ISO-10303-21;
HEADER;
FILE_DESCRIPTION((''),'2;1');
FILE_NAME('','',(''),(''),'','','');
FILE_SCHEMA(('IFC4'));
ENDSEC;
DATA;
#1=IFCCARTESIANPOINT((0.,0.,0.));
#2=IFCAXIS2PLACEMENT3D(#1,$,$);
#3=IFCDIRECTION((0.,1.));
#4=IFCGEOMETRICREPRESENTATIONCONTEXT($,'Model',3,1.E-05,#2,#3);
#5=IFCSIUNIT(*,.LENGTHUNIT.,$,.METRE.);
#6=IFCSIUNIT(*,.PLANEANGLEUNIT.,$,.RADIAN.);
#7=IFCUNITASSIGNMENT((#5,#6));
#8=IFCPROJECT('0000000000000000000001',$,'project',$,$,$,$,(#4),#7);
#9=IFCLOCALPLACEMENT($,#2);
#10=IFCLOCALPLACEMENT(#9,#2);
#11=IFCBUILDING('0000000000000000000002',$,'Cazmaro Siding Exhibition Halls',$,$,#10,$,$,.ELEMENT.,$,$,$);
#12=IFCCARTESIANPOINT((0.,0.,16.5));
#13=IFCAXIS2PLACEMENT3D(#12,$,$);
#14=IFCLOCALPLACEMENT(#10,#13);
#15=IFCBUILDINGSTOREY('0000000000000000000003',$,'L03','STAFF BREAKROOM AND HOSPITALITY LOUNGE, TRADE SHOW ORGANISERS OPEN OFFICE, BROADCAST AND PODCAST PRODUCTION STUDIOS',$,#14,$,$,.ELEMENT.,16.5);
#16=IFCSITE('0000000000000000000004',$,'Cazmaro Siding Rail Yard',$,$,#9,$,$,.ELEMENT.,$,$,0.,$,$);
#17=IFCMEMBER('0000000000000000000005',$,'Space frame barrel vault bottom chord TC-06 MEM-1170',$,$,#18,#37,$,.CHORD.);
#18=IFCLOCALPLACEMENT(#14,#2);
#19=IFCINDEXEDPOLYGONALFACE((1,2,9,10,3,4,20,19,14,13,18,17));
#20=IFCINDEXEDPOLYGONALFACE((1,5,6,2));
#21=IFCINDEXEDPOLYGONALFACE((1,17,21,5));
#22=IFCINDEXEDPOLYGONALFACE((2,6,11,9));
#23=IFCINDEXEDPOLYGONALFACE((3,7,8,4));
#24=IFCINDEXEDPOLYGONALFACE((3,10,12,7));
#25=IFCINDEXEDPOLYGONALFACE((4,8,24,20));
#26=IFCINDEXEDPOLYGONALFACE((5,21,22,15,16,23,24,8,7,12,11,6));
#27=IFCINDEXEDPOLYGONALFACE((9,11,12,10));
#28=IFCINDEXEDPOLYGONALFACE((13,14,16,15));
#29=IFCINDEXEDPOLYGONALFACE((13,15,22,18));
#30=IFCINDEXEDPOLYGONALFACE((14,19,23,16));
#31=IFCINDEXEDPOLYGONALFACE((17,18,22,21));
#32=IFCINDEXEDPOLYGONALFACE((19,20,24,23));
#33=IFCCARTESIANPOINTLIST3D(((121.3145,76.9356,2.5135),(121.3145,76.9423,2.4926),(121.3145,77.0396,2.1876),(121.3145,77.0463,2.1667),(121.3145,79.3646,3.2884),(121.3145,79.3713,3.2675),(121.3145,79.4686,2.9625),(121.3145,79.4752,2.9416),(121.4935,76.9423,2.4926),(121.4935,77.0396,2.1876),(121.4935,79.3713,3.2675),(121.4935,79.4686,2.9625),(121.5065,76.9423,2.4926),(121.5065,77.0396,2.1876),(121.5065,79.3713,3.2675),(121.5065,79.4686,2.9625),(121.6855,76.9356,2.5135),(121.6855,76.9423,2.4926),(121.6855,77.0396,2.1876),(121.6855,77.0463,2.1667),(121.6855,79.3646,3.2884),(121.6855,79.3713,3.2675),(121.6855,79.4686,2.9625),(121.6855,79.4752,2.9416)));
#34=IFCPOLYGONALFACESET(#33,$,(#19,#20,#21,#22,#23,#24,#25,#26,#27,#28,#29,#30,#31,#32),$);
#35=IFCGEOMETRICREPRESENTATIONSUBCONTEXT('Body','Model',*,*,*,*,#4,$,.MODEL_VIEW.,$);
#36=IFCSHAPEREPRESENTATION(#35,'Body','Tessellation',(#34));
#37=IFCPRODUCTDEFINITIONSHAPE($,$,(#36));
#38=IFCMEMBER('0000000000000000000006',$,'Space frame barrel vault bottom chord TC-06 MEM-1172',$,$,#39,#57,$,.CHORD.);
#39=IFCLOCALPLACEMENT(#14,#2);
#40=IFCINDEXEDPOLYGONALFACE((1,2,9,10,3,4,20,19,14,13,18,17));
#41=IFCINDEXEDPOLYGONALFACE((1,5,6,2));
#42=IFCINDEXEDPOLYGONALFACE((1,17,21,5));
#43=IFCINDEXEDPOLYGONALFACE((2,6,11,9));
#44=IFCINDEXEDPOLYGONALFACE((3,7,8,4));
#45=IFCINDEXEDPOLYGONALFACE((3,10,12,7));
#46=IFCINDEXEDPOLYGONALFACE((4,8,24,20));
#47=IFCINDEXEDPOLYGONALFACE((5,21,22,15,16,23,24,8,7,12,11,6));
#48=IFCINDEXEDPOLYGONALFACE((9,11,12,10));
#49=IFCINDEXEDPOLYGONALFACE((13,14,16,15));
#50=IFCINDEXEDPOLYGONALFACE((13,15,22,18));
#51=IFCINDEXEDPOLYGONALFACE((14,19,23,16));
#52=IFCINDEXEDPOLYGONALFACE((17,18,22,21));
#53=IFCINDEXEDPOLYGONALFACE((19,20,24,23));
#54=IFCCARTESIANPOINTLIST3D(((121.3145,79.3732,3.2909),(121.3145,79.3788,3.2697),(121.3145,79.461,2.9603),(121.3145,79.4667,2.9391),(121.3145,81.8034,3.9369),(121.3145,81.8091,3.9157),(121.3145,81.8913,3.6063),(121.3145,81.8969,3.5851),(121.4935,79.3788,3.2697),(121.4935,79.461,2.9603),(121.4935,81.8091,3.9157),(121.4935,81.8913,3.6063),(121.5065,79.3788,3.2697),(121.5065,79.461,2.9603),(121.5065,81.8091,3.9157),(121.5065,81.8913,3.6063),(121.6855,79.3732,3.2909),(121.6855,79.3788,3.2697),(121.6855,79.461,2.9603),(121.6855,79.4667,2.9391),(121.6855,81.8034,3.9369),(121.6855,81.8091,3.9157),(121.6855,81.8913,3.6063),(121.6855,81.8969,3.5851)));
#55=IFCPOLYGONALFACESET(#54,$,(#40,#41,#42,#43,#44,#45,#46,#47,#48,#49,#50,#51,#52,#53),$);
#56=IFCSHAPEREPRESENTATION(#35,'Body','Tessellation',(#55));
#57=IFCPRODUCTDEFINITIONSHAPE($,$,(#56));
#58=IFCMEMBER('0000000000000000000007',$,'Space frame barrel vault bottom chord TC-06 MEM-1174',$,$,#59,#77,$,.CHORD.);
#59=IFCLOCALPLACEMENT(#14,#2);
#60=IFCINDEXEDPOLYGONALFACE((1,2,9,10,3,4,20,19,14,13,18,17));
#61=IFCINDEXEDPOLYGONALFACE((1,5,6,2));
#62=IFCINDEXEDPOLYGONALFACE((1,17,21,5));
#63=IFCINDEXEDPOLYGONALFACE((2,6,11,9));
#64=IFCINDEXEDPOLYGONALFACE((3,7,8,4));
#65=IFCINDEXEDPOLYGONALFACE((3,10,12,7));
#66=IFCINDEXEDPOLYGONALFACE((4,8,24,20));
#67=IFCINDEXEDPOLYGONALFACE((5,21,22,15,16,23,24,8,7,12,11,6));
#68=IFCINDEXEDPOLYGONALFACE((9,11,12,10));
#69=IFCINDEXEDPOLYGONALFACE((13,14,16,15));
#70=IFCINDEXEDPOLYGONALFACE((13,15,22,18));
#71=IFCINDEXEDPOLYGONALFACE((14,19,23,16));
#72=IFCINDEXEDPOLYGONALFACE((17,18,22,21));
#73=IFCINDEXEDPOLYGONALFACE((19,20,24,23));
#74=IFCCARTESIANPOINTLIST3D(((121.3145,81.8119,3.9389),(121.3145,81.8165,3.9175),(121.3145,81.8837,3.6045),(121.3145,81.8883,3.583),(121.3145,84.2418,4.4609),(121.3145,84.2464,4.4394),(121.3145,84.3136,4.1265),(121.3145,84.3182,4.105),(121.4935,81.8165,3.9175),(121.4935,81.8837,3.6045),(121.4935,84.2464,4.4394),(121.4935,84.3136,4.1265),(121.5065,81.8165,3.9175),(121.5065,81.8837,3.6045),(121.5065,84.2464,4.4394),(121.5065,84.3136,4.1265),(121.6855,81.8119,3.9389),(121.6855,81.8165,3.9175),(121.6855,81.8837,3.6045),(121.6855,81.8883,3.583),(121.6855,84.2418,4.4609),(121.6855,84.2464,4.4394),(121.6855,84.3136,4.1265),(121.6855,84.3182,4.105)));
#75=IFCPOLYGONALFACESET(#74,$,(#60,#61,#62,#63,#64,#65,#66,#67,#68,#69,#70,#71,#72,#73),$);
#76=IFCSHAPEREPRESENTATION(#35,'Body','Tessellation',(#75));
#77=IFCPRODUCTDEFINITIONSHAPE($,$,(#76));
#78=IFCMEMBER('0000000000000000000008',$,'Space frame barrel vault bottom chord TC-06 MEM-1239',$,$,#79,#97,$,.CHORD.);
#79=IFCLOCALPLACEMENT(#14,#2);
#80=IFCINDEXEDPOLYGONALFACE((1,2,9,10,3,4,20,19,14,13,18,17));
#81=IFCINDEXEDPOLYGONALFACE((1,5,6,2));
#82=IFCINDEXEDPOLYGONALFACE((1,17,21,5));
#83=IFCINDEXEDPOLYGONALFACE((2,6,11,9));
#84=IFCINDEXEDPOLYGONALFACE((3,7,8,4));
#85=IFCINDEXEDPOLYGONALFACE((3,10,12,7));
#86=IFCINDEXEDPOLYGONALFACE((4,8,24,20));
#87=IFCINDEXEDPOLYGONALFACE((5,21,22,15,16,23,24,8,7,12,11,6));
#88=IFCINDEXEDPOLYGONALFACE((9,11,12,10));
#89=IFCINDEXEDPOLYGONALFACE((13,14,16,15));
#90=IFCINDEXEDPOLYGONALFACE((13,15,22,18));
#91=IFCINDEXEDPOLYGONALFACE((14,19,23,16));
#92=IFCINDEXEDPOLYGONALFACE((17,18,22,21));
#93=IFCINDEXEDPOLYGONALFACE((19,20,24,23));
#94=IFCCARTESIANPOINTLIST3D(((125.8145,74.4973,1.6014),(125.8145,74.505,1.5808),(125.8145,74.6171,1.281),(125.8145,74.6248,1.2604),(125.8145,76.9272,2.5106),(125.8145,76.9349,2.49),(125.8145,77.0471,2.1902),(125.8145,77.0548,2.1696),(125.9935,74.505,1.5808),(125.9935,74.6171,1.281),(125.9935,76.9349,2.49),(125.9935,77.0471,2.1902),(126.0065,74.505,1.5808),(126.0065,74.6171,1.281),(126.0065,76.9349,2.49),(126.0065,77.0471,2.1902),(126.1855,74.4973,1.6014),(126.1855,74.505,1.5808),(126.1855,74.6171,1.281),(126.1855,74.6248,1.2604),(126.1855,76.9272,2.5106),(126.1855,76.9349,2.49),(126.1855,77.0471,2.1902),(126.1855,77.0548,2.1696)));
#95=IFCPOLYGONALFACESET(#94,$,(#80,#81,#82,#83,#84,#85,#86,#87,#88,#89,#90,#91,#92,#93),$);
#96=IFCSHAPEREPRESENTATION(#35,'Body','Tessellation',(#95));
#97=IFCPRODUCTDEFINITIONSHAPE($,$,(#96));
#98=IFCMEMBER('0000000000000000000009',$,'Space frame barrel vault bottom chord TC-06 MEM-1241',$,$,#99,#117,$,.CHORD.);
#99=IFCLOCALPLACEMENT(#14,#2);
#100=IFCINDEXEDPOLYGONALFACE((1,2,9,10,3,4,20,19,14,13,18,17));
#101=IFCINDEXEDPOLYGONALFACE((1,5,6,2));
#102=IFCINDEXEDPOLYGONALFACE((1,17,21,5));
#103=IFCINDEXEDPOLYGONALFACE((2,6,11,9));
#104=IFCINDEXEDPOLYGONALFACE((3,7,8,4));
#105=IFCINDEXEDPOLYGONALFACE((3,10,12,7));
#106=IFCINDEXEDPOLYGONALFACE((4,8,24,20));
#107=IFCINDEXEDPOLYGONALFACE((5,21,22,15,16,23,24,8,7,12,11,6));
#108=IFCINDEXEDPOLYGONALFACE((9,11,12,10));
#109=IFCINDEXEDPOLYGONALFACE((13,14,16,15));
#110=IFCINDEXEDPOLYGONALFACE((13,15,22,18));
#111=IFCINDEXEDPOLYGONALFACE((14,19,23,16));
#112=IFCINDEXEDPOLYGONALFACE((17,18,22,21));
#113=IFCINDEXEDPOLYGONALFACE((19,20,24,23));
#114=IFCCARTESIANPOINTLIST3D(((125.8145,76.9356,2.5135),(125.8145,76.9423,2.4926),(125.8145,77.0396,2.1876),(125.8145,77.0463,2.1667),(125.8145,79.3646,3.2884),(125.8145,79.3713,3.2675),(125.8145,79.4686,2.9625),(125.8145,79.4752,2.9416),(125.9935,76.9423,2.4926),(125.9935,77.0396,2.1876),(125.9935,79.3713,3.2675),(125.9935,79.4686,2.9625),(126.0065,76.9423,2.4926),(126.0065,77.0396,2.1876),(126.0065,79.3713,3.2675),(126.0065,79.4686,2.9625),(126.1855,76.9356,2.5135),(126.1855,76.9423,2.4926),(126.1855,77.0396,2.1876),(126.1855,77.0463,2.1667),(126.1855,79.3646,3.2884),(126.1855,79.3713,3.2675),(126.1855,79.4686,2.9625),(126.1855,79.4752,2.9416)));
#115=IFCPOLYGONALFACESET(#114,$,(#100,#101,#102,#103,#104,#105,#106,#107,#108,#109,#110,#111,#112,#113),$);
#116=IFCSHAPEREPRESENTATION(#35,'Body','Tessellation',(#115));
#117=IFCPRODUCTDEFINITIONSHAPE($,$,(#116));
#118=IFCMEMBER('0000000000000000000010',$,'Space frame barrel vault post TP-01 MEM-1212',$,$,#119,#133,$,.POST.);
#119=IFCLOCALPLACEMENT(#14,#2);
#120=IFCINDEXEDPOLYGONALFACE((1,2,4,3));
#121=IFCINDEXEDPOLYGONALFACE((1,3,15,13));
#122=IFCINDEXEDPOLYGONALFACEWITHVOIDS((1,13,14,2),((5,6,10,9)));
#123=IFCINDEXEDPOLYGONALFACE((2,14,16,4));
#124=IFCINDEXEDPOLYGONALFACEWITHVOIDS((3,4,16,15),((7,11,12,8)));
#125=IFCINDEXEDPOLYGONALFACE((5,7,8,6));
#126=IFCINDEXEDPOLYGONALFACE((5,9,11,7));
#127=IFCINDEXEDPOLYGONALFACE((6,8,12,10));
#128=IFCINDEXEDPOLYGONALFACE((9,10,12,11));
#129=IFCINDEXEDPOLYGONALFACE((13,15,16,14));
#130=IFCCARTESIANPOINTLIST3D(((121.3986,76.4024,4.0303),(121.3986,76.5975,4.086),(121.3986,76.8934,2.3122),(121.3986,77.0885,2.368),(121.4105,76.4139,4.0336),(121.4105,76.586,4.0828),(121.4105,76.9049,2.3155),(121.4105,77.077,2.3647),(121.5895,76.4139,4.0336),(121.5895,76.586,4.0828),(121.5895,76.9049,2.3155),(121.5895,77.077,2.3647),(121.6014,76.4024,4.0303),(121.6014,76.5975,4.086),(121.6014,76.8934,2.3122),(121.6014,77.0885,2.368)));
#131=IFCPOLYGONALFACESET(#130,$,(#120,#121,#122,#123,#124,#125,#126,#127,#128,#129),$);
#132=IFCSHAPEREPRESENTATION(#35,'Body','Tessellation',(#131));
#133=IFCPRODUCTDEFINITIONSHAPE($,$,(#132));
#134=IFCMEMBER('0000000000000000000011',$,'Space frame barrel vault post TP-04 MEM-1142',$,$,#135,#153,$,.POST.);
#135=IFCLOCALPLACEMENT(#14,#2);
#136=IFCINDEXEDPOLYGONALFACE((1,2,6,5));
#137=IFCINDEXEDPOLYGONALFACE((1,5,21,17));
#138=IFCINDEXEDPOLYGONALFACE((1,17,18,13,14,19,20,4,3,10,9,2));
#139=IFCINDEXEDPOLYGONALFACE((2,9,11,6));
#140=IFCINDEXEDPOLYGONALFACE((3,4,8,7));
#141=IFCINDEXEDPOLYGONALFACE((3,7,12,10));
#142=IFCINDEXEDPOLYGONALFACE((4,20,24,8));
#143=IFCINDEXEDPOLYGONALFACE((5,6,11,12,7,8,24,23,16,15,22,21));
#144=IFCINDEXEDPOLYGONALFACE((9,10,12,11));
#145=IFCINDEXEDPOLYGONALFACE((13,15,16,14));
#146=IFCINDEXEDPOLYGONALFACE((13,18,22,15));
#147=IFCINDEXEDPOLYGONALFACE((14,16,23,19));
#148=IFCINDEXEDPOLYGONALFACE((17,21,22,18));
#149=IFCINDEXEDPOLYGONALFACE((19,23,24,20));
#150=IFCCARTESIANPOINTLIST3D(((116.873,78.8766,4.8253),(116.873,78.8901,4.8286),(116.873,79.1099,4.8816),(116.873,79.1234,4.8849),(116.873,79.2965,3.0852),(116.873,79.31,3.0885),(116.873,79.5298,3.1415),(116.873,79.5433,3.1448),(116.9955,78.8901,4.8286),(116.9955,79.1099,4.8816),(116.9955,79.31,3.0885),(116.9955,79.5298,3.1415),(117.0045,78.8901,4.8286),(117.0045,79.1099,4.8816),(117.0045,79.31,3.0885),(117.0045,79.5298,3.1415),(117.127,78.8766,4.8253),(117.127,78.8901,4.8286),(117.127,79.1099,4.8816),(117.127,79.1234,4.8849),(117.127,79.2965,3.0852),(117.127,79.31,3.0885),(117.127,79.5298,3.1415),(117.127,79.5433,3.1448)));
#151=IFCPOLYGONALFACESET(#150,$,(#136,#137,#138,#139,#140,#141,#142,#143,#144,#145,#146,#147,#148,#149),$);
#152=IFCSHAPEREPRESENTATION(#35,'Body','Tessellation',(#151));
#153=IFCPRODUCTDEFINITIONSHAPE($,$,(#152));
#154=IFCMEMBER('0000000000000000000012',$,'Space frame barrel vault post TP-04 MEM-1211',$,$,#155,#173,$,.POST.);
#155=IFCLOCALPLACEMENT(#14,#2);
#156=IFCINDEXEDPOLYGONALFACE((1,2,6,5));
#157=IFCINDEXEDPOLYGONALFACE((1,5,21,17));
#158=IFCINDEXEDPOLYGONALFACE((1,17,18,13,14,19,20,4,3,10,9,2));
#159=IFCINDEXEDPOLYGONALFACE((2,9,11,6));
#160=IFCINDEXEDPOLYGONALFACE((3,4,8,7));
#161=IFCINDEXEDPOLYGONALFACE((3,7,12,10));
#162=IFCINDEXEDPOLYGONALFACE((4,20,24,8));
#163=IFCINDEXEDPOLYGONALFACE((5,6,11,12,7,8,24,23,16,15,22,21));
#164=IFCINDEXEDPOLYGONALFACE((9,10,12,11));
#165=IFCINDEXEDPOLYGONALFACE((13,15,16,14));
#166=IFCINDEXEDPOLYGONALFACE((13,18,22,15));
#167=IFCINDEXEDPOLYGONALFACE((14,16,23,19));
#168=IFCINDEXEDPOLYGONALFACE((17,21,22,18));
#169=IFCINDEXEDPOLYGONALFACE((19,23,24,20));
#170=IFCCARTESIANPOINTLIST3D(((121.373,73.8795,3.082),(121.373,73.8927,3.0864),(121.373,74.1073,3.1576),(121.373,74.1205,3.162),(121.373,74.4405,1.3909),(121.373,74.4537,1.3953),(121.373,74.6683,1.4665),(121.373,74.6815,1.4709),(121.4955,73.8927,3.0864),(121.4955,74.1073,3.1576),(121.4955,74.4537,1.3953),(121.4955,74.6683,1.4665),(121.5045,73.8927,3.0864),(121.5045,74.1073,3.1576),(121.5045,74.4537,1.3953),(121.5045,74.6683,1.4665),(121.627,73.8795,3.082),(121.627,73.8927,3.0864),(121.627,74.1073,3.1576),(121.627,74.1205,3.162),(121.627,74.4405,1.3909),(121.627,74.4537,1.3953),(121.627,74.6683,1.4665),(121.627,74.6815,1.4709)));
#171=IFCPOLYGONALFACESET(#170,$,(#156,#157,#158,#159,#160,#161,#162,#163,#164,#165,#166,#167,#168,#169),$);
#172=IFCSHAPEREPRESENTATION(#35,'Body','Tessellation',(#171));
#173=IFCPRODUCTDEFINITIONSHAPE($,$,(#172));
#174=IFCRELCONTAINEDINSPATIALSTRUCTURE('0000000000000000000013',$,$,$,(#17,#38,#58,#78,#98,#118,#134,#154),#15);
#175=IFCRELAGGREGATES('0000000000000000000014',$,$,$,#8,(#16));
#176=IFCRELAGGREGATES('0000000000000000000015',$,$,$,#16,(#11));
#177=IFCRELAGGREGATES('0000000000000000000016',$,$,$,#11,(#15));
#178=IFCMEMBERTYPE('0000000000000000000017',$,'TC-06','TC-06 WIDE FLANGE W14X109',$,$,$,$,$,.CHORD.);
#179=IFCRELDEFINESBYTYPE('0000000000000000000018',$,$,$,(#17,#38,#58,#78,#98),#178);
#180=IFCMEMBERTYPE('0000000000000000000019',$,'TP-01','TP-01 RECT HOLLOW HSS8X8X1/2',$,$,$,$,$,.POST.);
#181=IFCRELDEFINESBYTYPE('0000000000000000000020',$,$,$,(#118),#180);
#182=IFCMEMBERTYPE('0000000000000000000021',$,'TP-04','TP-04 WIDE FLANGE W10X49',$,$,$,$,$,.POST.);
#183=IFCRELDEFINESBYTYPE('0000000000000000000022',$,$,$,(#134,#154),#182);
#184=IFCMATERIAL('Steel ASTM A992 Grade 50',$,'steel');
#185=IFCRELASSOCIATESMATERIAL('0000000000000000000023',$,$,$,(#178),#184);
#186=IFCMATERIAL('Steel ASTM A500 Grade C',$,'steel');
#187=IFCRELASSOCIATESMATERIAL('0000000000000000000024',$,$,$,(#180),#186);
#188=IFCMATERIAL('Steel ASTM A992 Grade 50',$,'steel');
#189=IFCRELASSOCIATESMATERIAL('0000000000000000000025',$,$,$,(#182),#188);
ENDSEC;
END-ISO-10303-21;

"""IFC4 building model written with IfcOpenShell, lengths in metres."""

from ifc_helpers import new_model, si_unit, direction, frame, origin, origin_2d, place, context, subcontext, project, spatial, hollow_rectangle, i_section, extrude, material, material_profile, profile_set, type_object, element, save


model = new_model("IFC4")

# Units and contexts
model_context = context("Model", 3, precision=1e-05, world=origin(), true_north=direction((0.0, 1.0)))
body_context = subcontext(model_context, "Body", "Model", "MODEL_VIEW")
ifc_project = project(units=[si_unit("LENGTHUNIT", "METRE"), si_unit("PLANEANGLEUNIT", "RADIAN")], contexts=[model_context])

# Site, building, storey
site_placement = place(None, origin())
site = spatial("IfcSite", under=ifc_project, at=site_placement, Name="Cazmaro Siding Rail Yard", CompositionType="ELEMENT", RefElevation=0.0)
building_placement = place(site_placement, origin())
building = spatial("IfcBuilding", under=site, at=building_placement, Name="Cazmaro Siding Exhibition Halls", CompositionType="ELEMENT")
storey_placement = place(building_placement, frame((0.0, 0.0, 16.5)))
storey = spatial("IfcBuildingStorey", under=building, at=storey_placement, Name="L03", Description="STAFF BREAKROOM AND HOSPITALITY LOUNGE, TRADE SHOW ORGANISERS OPEN OFFICE, BROADCAST AND PODCAST PRODUCTION STUDIOS", CompositionType="ELEMENT", Elevation=16.5)

# Members
ifc_material_1 = material(Name="Steel ASTM A992 Grade 50", Category="steel")
ifc_material_profile_1 = material_profile(ifc_material_1, i_section(OverallWidth=0.3711, OverallDepth=0.364, WebThickness=0.0129, FlangeThickness=0.022, at=origin_2d()), Name="W14X109")
ifc_profile_set_1 = profile_set([ifc_material_profile_1], Name="Steel ASTM A992 Grade 50")
member_type_1 = type_object("IfcMemberType", Name="TC-06", Description="TC-06 WIDE FLANGE W14X109", PredefinedType="CHORD", material=ifc_profile_set_1)
member_1_placement = place(storey_placement, frame((121.5, 76.991, 2.3401), z_axis=(0.0, 0.952693, 0.303935), x_axis=(-1.0, 0.0, 0.0)))
element("IfcMember", 1, at=member_1_placement, inside=storey, type_object=member_type_1, Name="Space frame barrel vault bottom chord TC-06 MEM-1170", PredefinedType="CHORD", context=body_context, shape_type="SweptSolid", body=[
    extrude(i_section(OverallWidth=0.3711, OverallDepth=0.364, WebThickness=0.0129, FlangeThickness=0.022, at=origin_2d()), origin(), (0.0, 0.0, 1.0), 2.5496),
])
member_2_placement = place(storey_placement, frame((121.5, 79.4199, 3.115), z_axis=(0.0, 0.966438, 0.256901), x_axis=(-1.0, 0.0, 0.0)))
element("IfcMember", 2, at=member_2_placement, inside=storey, type_object=member_type_1, Name="Space frame barrel vault bottom chord TC-06 MEM-1172", PredefinedType="CHORD", context=body_context, shape_type="SweptSolid", body=[
    extrude(i_section(OverallWidth=0.3711, OverallDepth=0.364, WebThickness=0.0129, FlangeThickness=0.022, at=origin_2d()), origin(), (0.0, 0.0, 1.0), 2.5146),
])
member_3_placement = place(storey_placement, frame((121.5, 81.8501, 3.761), z_axis=(0.0, 0.977697, 0.210019), x_axis=(-1.0, 0.0, 0.0)))
element("IfcMember", 3, at=member_3_placement, inside=storey, type_object=member_type_1, Name="Space frame barrel vault bottom chord TC-06 MEM-1174", PredefinedType="CHORD", context=body_context, shape_type="SweptSolid", body=[
    extrude(i_section(OverallWidth=0.3711, OverallDepth=0.364, WebThickness=0.0129, FlangeThickness=0.022, at=origin_2d()), origin(), (0.0, 0.0, 1.0), 2.4854),
])
member_4_placement = place(storey_placement, frame((126.0, 74.561, 1.4309), z_axis=(0.0, 0.936588, 0.350432), x_axis=(-1.0, 0.0, 0.0)))
element("IfcMember", 4, at=member_4_placement, inside=storey, type_object=member_type_1, Name="Space frame barrel vault bottom chord TC-06 MEM-1239", PredefinedType="CHORD", context=body_context, shape_type="SweptSolid", body=[
    extrude(i_section(OverallWidth=0.3711, OverallDepth=0.364, WebThickness=0.0129, FlangeThickness=0.022, at=origin_2d()), origin(), (0.0, 0.0, 1.0), 2.5945),
])
member_5_placement = place(storey_placement, frame((126.0, 76.991, 2.3401), z_axis=(0.0, 0.952693, 0.303935), x_axis=(-1.0, 0.0, 0.0)))
element("IfcMember", 5, at=member_5_placement, inside=storey, type_object=member_type_1, Name="Space frame barrel vault bottom chord TC-06 MEM-1241", PredefinedType="CHORD", context=body_context, shape_type="SweptSolid", body=[
    extrude(i_section(OverallWidth=0.3711, OverallDepth=0.364, WebThickness=0.0129, FlangeThickness=0.022, at=origin_2d()), origin(), (0.0, 0.0, 1.0), 2.5496),
])
ifc_material_2 = material(Name="Steel ASTM A500 Grade C", Category="steel")
ifc_material_profile_2 = material_profile(ifc_material_2, hollow_rectangle(XDim=0.2029, YDim=0.2029, WallThickness=0.012, at=origin_2d()), Name="HSS8X8X1/2")
ifc_profile_set_2 = profile_set([ifc_material_profile_2], Name="Steel ASTM A500 Grade C")
member_type_2 = type_object("IfcMemberType", Name="TP-01", Description="TP-01 RECT HOLLOW HSS8X8X1/2", PredefinedType="POST", material=ifc_profile_set_2)
member_6_placement = place(storey_placement, frame((121.5, 76.991, 2.3401), z_axis=(0.0, -0.274775, 0.961508), x_axis=(1.0, 0.0, 0.0)))
element("IfcMember", 6, at=member_6_placement, inside=storey, type_object=member_type_2, Name="Space frame barrel vault post TP-01 MEM-1212", PredefinedType="POST", context=body_context, shape_type="SweptSolid", body=[
    extrude(hollow_rectangle(XDim=0.2029, YDim=0.2029, WallThickness=0.012, at=origin_2d()), origin(), (0.0, 0.0, 1.0), 1.7869),
])
ifc_material_3 = material(Name="Steel ASTM A992 Grade 50", Category="steel")
ifc_material_profile_3 = material_profile(ifc_material_3, i_section(OverallWidth=0.2539, OverallDepth=0.2539, WebThickness=0.009, FlangeThickness=0.0139, at=origin_2d()), Name="W10X49")
ifc_profile_set_3 = profile_set([ifc_material_profile_3], Name="Steel ASTM A992 Grade 50")
member_type_3 = type_object("IfcMemberType", Name="TP-04", Description="TP-04 WIDE FLANGE W10X49", PredefinedType="POST", material=ifc_profile_set_3)
member_7_placement = place(storey_placement, frame((117.0, 79.4199, 3.115), z_axis=(0.0, -0.234601, 0.972092), x_axis=(1.0, 0.0, 0.0)))
element("IfcMember", 7, at=member_7_placement, inside=storey, type_object=member_type_3, Name="Space frame barrel vault post TP-04 MEM-1142", PredefinedType="POST", context=body_context, shape_type="SweptSolid", body=[
    extrude(i_section(OverallWidth=0.2539, OverallDepth=0.2539, WebThickness=0.009, FlangeThickness=0.0139, at=origin_2d()), origin(), (0.0, 0.0, 1.0), 1.79),
])
member_8_placement = place(storey_placement, frame((121.5, 74.561, 1.4309), z_axis=(0.0, -0.314871, 0.949134), x_axis=(1.0, 0.0, 0.0)))
element("IfcMember", 8, at=member_8_placement, inside=storey, type_object=member_type_3, Name="Space frame barrel vault post TP-04 MEM-1211", PredefinedType="POST", context=body_context, shape_type="SweptSolid", body=[
    extrude(i_section(OverallWidth=0.2539, OverallDepth=0.2539, WebThickness=0.009, FlangeThickness=0.0139, at=origin_2d()), origin(), (0.0, 0.0, 1.0), 1.7817),
])

save(model, "model.ifc")
